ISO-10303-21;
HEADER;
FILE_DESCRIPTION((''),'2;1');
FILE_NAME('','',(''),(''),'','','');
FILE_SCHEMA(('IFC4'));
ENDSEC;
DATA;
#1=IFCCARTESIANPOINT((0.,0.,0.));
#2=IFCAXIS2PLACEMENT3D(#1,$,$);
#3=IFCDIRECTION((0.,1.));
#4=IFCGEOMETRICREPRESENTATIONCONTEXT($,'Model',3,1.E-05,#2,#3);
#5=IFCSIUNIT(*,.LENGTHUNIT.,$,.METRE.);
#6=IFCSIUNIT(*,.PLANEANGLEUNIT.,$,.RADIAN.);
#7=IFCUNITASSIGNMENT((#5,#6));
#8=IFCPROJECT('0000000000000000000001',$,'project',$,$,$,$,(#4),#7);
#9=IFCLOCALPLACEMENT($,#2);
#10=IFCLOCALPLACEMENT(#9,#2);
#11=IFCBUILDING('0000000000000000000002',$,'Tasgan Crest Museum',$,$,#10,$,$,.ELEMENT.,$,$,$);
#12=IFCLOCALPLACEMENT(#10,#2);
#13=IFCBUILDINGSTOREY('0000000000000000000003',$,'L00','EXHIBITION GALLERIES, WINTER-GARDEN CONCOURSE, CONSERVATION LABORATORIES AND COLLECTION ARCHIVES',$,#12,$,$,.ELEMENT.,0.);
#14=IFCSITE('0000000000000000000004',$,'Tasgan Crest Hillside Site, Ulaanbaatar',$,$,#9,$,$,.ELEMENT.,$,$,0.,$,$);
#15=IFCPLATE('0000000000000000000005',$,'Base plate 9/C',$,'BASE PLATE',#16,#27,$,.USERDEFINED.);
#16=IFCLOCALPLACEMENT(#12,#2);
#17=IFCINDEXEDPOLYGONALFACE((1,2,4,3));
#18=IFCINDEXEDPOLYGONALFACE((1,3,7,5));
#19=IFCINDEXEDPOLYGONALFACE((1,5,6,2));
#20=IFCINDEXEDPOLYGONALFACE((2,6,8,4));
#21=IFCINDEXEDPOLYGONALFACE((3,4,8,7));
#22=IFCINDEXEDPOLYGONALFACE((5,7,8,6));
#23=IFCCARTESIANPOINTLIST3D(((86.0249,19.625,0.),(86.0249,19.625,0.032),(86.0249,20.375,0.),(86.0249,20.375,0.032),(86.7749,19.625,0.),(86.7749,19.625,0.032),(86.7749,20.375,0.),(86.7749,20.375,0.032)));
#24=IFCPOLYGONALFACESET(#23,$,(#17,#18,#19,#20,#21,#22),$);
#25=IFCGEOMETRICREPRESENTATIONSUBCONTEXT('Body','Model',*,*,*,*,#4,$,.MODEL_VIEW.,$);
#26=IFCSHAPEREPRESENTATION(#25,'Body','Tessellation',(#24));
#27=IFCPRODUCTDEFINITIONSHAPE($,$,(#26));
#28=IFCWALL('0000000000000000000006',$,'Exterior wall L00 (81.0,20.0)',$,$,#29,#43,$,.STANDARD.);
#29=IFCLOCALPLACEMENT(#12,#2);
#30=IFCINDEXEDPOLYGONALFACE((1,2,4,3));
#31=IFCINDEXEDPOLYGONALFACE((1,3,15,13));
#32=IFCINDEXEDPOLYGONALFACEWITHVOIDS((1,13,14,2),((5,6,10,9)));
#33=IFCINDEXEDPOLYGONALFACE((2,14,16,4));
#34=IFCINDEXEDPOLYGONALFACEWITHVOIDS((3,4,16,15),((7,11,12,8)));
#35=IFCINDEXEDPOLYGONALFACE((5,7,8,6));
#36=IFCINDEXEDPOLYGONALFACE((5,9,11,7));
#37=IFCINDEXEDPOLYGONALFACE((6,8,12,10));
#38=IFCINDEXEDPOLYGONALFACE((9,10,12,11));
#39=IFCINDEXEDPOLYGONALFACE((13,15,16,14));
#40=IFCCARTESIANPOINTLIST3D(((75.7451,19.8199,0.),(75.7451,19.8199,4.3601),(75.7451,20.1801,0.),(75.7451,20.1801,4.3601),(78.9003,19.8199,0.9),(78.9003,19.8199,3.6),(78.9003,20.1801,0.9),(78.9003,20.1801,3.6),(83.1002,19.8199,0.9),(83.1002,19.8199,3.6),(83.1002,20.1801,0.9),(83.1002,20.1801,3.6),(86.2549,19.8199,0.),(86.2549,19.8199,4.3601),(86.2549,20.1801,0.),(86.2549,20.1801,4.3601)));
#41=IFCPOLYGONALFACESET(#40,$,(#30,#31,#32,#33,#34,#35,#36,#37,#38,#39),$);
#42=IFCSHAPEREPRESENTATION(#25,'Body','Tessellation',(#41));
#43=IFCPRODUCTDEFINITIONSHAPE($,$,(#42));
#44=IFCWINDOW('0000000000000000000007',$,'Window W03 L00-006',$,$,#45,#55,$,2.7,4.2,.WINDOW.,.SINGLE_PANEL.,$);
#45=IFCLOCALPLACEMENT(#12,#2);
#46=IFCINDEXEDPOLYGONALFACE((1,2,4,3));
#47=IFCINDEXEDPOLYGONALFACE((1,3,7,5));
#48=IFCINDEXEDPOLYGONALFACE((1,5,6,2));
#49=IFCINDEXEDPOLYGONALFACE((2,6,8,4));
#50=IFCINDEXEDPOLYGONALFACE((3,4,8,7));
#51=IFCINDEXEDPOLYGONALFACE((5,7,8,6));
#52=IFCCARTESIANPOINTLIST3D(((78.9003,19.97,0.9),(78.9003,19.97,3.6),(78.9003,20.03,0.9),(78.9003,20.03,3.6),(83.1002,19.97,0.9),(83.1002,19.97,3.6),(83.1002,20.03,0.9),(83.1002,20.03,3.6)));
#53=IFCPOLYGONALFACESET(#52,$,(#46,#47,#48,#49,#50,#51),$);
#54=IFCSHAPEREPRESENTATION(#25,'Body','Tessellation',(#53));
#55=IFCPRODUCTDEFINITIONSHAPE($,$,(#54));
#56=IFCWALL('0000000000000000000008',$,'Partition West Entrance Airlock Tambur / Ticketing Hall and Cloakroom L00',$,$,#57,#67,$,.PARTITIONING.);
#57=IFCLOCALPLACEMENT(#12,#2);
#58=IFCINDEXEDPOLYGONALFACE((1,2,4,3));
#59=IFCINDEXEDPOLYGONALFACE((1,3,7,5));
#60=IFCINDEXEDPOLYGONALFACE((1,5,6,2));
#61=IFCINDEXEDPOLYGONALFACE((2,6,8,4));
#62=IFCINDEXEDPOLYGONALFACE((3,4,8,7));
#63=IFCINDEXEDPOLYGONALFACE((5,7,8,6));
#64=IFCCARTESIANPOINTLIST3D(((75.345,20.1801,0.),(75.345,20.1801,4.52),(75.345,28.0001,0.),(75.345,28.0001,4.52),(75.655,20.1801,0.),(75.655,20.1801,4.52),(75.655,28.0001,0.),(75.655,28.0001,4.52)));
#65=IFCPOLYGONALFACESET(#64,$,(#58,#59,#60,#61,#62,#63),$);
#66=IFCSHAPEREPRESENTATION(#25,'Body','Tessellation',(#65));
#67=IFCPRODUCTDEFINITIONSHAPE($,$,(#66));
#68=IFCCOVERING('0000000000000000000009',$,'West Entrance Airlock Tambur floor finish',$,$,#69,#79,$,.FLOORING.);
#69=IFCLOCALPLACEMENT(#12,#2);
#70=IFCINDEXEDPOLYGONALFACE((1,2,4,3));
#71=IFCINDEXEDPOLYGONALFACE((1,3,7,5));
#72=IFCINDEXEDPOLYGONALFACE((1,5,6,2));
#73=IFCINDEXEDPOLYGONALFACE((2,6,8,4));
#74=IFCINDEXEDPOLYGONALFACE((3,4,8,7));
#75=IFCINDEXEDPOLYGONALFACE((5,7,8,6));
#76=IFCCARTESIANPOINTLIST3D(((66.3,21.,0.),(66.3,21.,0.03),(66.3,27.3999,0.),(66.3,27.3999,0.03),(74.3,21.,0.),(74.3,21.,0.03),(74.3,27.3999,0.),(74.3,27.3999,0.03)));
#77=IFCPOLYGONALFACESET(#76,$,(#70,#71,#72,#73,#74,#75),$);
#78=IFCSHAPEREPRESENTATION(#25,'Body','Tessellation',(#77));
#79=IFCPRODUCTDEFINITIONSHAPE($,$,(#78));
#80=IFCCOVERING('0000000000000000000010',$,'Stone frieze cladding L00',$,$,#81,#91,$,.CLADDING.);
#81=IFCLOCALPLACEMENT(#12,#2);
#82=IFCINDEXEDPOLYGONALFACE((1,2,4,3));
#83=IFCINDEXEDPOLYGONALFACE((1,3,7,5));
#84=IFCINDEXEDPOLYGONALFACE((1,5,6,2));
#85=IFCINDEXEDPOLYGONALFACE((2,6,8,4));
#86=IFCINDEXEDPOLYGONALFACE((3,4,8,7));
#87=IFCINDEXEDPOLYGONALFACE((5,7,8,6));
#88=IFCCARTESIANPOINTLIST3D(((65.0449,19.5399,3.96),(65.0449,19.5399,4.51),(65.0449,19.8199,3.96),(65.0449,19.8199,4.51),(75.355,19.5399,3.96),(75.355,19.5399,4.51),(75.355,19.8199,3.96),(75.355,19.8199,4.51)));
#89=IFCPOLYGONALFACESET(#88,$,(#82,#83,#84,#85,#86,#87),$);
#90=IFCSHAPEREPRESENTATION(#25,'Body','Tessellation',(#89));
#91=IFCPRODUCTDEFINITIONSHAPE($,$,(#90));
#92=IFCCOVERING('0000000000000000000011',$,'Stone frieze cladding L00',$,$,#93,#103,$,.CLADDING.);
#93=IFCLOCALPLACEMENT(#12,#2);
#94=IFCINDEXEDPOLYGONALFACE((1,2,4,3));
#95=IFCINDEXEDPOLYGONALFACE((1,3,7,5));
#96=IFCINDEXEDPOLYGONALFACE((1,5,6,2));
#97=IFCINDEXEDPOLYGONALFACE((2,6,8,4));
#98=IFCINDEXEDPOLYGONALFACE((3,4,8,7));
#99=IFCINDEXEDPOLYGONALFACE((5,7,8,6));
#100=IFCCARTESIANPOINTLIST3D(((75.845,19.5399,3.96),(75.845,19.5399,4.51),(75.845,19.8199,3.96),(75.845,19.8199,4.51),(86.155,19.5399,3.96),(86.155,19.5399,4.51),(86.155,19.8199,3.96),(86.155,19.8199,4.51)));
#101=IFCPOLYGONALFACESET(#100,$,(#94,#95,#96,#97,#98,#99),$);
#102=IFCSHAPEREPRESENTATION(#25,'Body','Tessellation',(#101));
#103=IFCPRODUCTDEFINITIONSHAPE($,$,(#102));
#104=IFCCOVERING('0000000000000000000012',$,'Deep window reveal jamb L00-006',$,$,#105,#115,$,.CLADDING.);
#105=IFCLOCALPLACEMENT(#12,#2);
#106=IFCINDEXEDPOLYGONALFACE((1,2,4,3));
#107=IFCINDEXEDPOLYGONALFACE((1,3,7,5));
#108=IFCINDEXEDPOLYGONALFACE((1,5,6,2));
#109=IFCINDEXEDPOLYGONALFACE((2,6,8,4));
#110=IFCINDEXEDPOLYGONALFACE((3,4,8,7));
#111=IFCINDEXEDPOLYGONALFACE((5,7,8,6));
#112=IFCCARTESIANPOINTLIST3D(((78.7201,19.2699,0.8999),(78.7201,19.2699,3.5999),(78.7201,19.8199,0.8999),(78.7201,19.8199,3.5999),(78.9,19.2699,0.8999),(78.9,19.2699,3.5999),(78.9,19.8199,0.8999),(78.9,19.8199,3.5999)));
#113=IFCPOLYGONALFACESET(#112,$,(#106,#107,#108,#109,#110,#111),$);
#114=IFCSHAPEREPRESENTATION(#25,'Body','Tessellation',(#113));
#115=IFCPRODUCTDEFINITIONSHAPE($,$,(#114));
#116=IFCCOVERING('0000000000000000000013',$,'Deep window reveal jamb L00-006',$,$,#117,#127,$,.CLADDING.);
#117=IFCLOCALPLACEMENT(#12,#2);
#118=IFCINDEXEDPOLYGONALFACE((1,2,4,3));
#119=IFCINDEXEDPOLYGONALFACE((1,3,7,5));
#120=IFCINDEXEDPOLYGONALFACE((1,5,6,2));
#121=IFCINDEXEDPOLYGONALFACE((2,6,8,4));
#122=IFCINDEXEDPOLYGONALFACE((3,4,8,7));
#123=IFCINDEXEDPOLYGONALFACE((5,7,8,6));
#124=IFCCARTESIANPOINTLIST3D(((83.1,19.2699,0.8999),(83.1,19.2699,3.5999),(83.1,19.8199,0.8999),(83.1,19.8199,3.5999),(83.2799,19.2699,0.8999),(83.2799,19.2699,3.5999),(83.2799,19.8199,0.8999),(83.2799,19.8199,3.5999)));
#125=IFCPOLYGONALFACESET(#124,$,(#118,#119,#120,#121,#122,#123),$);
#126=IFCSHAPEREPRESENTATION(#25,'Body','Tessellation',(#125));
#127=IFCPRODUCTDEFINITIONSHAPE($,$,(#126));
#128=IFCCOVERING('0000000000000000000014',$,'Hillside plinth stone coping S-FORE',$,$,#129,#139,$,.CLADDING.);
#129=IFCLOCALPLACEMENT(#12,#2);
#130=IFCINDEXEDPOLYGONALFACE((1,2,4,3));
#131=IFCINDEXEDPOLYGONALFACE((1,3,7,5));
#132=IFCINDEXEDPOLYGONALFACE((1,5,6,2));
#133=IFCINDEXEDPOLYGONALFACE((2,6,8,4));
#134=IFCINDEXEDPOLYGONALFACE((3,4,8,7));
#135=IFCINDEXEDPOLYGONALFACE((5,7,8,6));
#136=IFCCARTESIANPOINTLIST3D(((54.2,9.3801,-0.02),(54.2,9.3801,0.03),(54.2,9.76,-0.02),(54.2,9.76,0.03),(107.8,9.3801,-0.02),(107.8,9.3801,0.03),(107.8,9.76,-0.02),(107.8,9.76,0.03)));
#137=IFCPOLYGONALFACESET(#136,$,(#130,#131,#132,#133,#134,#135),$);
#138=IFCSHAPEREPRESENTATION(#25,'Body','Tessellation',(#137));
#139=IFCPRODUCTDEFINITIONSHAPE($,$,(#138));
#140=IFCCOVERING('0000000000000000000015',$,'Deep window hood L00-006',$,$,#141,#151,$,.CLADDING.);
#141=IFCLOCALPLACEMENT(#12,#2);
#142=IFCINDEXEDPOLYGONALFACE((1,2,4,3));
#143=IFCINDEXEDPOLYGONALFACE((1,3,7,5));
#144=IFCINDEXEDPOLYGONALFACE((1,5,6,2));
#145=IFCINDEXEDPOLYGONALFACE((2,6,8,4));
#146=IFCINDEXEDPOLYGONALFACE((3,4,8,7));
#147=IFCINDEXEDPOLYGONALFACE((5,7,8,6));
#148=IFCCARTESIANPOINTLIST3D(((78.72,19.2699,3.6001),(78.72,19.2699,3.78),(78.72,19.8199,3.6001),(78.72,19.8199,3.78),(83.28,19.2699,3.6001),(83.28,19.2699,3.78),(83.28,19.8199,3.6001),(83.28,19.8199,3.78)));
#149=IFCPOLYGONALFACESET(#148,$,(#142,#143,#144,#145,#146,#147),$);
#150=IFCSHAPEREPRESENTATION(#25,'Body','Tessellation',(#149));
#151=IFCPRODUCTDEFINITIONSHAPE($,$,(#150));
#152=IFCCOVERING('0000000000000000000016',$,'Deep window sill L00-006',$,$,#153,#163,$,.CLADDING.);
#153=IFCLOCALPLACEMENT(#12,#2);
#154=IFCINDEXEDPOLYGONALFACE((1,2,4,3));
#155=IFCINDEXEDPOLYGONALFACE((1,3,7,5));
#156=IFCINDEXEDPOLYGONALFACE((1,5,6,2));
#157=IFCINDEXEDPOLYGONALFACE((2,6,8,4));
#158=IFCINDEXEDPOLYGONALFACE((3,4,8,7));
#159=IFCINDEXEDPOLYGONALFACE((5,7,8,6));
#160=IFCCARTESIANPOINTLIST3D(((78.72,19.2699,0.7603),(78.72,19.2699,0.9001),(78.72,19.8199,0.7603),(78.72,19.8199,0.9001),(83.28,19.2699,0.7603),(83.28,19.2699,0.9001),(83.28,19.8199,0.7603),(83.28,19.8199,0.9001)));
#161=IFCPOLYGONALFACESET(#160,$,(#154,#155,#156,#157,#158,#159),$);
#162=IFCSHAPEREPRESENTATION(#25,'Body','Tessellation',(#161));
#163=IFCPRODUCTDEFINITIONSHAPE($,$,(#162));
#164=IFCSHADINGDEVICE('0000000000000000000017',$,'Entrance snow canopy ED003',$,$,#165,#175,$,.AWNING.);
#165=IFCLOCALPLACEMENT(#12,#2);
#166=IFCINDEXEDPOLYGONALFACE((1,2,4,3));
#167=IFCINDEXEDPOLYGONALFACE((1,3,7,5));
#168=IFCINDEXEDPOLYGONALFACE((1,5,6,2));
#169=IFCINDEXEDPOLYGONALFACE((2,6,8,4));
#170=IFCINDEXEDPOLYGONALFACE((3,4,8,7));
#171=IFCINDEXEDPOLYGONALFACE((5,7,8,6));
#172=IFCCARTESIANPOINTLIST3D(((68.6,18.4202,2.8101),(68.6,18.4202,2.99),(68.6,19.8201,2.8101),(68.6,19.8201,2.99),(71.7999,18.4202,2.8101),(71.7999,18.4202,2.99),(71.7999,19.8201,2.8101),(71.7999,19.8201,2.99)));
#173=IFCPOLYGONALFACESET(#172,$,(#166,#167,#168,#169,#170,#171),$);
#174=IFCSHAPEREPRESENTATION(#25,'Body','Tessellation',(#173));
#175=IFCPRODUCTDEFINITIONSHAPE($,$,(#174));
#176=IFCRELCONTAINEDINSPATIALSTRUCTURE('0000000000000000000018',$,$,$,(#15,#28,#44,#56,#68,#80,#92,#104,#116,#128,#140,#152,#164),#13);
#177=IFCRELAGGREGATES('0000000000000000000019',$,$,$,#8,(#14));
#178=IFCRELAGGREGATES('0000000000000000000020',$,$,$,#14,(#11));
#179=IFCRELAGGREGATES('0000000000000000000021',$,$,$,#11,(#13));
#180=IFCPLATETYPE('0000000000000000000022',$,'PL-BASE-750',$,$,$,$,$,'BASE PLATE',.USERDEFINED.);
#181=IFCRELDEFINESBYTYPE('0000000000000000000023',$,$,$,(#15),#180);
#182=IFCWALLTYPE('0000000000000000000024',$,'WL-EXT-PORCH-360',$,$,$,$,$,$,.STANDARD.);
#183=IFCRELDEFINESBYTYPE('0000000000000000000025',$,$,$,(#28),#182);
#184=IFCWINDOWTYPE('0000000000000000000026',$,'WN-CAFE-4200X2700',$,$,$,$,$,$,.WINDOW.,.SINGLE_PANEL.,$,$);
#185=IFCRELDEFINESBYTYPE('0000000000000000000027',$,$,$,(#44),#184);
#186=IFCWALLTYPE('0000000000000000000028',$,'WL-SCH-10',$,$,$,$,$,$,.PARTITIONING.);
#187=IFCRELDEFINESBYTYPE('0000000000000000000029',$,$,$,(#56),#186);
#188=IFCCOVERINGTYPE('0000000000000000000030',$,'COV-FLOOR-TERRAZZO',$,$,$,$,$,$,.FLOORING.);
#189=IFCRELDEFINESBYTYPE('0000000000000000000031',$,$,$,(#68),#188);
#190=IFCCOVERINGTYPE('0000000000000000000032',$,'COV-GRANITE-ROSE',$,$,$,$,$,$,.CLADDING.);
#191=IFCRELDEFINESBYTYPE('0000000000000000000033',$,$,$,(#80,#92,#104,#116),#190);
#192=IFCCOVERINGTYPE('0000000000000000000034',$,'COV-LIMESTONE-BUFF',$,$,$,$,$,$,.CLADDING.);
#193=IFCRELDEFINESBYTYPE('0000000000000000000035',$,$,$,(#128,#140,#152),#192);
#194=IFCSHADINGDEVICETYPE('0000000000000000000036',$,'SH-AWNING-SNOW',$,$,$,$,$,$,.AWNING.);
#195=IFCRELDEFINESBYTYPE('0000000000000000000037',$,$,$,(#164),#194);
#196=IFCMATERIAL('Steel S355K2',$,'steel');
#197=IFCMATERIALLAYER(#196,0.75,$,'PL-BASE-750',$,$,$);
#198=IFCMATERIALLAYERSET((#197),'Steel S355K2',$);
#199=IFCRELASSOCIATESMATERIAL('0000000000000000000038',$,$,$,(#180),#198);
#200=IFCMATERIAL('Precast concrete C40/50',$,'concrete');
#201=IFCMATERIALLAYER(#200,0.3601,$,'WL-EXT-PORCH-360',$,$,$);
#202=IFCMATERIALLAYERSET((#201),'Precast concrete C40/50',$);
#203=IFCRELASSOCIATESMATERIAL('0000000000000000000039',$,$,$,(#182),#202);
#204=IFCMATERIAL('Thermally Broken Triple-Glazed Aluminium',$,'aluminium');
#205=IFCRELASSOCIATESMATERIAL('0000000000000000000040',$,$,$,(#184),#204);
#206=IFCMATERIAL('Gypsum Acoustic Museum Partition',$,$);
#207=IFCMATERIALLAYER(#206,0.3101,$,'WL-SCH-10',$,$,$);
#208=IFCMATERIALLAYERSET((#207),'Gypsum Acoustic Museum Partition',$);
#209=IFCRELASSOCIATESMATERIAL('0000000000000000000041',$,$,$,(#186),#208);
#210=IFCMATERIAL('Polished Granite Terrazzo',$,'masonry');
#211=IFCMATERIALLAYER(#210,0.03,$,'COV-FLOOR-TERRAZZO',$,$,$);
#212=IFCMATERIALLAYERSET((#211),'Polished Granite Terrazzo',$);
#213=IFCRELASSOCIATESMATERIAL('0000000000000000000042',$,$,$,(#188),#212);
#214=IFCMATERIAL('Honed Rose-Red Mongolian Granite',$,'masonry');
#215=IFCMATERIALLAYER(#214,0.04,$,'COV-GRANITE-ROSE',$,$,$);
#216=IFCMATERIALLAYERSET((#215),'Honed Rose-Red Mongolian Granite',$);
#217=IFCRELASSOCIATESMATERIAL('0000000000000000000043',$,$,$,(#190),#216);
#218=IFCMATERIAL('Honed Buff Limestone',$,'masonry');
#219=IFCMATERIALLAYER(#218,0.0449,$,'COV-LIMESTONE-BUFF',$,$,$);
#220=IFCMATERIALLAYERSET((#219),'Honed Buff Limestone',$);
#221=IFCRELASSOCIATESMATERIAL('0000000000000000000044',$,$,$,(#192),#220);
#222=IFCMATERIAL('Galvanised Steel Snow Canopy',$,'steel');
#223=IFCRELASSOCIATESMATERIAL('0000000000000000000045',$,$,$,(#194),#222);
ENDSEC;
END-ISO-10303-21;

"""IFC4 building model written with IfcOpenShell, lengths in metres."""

from ifc_helpers import new_model, si_unit, direction, frame, frame_2d, origin, origin_2d, place, context, subcontext, project, spatial, rectangle, extrude, material, layer, layer_set, type_object, element, fill, save


model = new_model("IFC4")

# Units and contexts
model_context = context("Model", 3, precision=1e-05, world=origin(), true_north=direction((0.0, 1.0)))
body_context = subcontext(model_context, "Body", "Model", "MODEL_VIEW")
ifc_project = project(units=[si_unit("LENGTHUNIT", "METRE"), si_unit("PLANEANGLEUNIT", "RADIAN")], contexts=[model_context])

# Site, building, storey
site_placement = place(None, origin())
site = spatial("IfcSite", under=ifc_project, at=site_placement, Name="Tasgan Crest Hillside Site, Ulaanbaatar", CompositionType="ELEMENT", RefElevation=0.0)
building_placement = place(site_placement, origin())
building = spatial("IfcBuilding", under=site, at=building_placement, Name="Tasgan Crest Museum", CompositionType="ELEMENT")
storey_placement = place(building_placement, origin())
storey = spatial("IfcBuildingStorey", under=building, at=storey_placement, Name="L00", Description="EXHIBITION GALLERIES, WINTER-GARDEN CONCOURSE, CONSERVATION LABORATORIES AND COLLECTION ARCHIVES", CompositionType="ELEMENT", Elevation=0.0)

# Plate
ifc_material_1 = material(Name="Steel S355K2", Category="steel")
ifc_layer_1 = layer(ifc_material_1, 0.75, Name="PL-BASE-750")
ifc_layer_set_1 = layer_set([ifc_layer_1], Name="Steel S355K2")
plate_type = type_object("IfcPlateType", Name="PL-BASE-750", ElementType="BASE PLATE", PredefinedType="USERDEFINED", material=ifc_layer_set_1)
for number, where, z_axis, x_axis, name in (
    (1, (86.3999, 20.0, 0.0), (0.0, 0.0, 1.0), (1.0, 0.0, 0.0), "Base plate 9/C"),
):
    element("IfcPlate", number, at=place(storey_placement, frame(where, z_axis=z_axis, x_axis=x_axis)), inside=storey, type_object=plate_type, Name=name, ObjectType="BASE PLATE", PredefinedType="USERDEFINED", context=body_context, shape_type="SweptSolid", body=[
        extrude(rectangle(XDim=0.75, YDim=0.75, at=origin_2d()), origin(), (0.0, 0.0, 1.0), 0.032),
    ])

# Wall, opening, window
ifc_material_2 = material(Name="Precast concrete C40/50", Category="concrete")
ifc_layer_2 = layer(ifc_material_2, 0.3601, Name="WL-EXT-PORCH-360")
ifc_layer_set_2 = layer_set([ifc_layer_2], Name="Precast concrete C40/50")
wall_type_1 = type_object("IfcWallType", Name="WL-EXT-PORCH-360", PredefinedType="STANDARD", material=ifc_layer_set_2)
wall_1_placement = place(storey_placement, frame((75.7451, 20.0, 0.0), z_axis=(0.0, 0.0, 1.0), x_axis=(1.0, 0.0, 0.0)))
wall_1 = element("IfcWall", 2, at=wall_1_placement, inside=storey, type_object=wall_type_1, Name="Exterior wall L00 (81.0,20.0)", PredefinedType="STANDARD", context=body_context, shape_type="SweptSolid", body=[
    extrude(rectangle(XDim=10.5098, YDim=0.3601, at=frame_2d((5.2549, 0.0))), origin(), (0.0, 0.0, 1.0), 4.3601),
])
opening_placement = place(wall_1_placement, frame((3.155, 0.0, 0.8999)))
opening = element("IfcOpeningElement", 3, at=opening_placement, cuts=wall_1, PredefinedType="OPENING", context=body_context, shape_type="SweptSolid", body=[
    extrude(rectangle(XDim=4.2, YDim=2.7, at=frame_2d((2.1001, 1.3501))), frame((0.0, 0.1899, 0.0), z_axis=(0.0, -1.0, 0.0), x_axis=(1.0, 0.0, 0.0)), (0.0, 0.0, 1.0), 0.3801),
])
ifc_material_3 = material(Name="Thermally Broken Triple-Glazed Aluminium", Category="aluminium")
window_type = type_object("IfcWindowType", Name="WN-CAFE-4200X2700", PartitioningType="SINGLE_PANEL", PredefinedType="WINDOW", material=ifc_material_3)
window_placement = place(opening_placement, origin())
window = element("IfcWindow", 4, at=window_placement, inside=storey, type_object=window_type, Name="Window W03 L00-006", OverallHeight=2.7, OverallWidth=4.2, PartitioningType="SINGLE_PANEL", PredefinedType="WINDOW", context=body_context, shape_type="SweptSolid", body=[
    extrude(rectangle(XDim=4.2, YDim=2.7, at=frame_2d((2.1001, 1.3501))), frame((0.0, 0.03, 0.0), z_axis=(0.0, -1.0, 0.0), x_axis=(1.0, 0.0, 0.0)), (0.0, 0.0, 1.0), 0.0601),
])
fill(opening, window)

# Wall
ifc_material_4 = material(Name="Gypsum Acoustic Museum Partition")
ifc_layer_3 = layer(ifc_material_4, 0.3101, Name="WL-SCH-10")
ifc_layer_set_3 = layer_set([ifc_layer_3], Name="Gypsum Acoustic Museum Partition")
wall_type_2 = type_object("IfcWallType", Name="WL-SCH-10", PredefinedType="PARTITIONING", material=ifc_layer_set_3)
wall_2_placement = place(storey_placement, frame((75.5, 20.1799, 0.0), z_axis=(0.0, 0.0, 1.0), x_axis=(0.0, 1.0, 0.0)))
element("IfcWall", 5, at=wall_2_placement, inside=storey, type_object=wall_type_2, Name="Partition West Entrance Airlock Tambur / Ticketing Hall and Cloakroom L00", PredefinedType="PARTITIONING", context=body_context, shape_type="SweptSolid", body=[
    extrude(rectangle(XDim=7.8201, YDim=0.3101, at=frame_2d((3.9102, 0.0))), origin(), (0.0, 0.0, 1.0), 4.52),
])

# Coverings
ifc_material_5 = material(Name="Polished Granite Terrazzo", Category="masonry")
ifc_layer_4 = layer(ifc_material_5, 0.03, Name="COV-FLOOR-TERRAZZO")
ifc_layer_set_4 = layer_set([ifc_layer_4], Name="Polished Granite Terrazzo")
covering_type_1 = type_object("IfcCoveringType", Name="COV-FLOOR-TERRAZZO", PredefinedType="FLOORING", material=ifc_layer_set_4)
covering_1_placement = place(storey_placement, frame((70.3, 24.2, 0.0), z_axis=(0.0, 0.0, 1.0), x_axis=(1.0, 0.0, 0.0)))
element("IfcCovering", 6, at=covering_1_placement, inside=storey, type_object=covering_type_1, Name="West Entrance Airlock Tambur floor finish", PredefinedType="FLOORING", context=body_context, shape_type="SweptSolid", body=[
    extrude(rectangle(XDim=8.0, YDim=6.3999, at=origin_2d()), origin(), (0.0, 0.0, 1.0), 0.03),
])
ifc_material_6 = material(Name="Honed Rose-Red Mongolian Granite", Category="masonry")
ifc_layer_5 = layer(ifc_material_6, 0.04, Name="COV-GRANITE-ROSE")
ifc_layer_set_5 = layer_set([ifc_layer_5], Name="Honed Rose-Red Mongolian Granite")
covering_type_2 = type_object("IfcCoveringType", Name="COV-GRANITE-ROSE", PredefinedType="CLADDING", material=ifc_layer_set_5)
for number, where, z_axis, x_axis, name in (
    (7, (70.2, 19.6799, 3.96), (0.0, 0.0, 1.0), (1.0, 0.0, 0.0), "Stone frieze cladding L00"),
    (8, (81.0, 19.6799, 3.96), (0.0, 0.0, 1.0), (1.0, 0.0, 0.0), "Stone frieze cladding L00"),
):
    element("IfcCovering", number, at=place(storey_placement, frame(where, z_axis=z_axis, x_axis=x_axis)), inside=storey, type_object=covering_type_2, Name=name, PredefinedType="CLADDING", context=body_context, shape_type="SweptSolid", body=[
        extrude(rectangle(XDim=10.3101, YDim=0.28, at=origin_2d()), origin(), (0.0, 0.0, 1.0), 0.55),
    ])
for number, where, z_axis, x_axis, name in (
    (9, (78.8101, 19.5449, 0.8999), (0.0, 0.0, 1.0), (1.0, 0.0, 0.0), "Deep window reveal jamb L00-006"),
    (10, (83.1899, 19.5449, 0.8999), (0.0, 0.0, 1.0), (1.0, 0.0, 0.0), "Deep window reveal jamb L00-006"),
):
    element("IfcCovering", number, at=place(storey_placement, frame(where, z_axis=z_axis, x_axis=x_axis)), inside=storey, type_object=covering_type_2, Name=name, PredefinedType="CLADDING", context=body_context, shape_type="SweptSolid", body=[
        extrude(rectangle(XDim=0.1799, YDim=0.55, at=origin_2d()), origin(), (0.0, 0.0, 1.0), 2.7),
    ])
ifc_material_7 = material(Name="Honed Buff Limestone", Category="masonry")
ifc_layer_6 = layer(ifc_material_7, 0.0449, Name="COV-LIMESTONE-BUFF")
ifc_layer_set_6 = layer_set([ifc_layer_6], Name="Honed Buff Limestone")
covering_type_3 = type_object("IfcCoveringType", Name="COV-LIMESTONE-BUFF", PredefinedType="CLADDING", material=ifc_layer_set_6)
covering_2_placement = place(storey_placement, frame((81.0, 9.5701, -0.02), z_axis=(0.0, 0.0, 1.0), x_axis=(1.0, 0.0, 0.0)))
element("IfcCovering", 11, at=covering_2_placement, inside=storey, type_object=covering_type_3, Name="Hillside plinth stone coping S-FORE", PredefinedType="CLADDING", context=body_context, shape_type="SweptSolid", body=[
    extrude(rectangle(XDim=53.6001, YDim=0.3799, at=origin_2d()), origin(), (0.0, 0.0, 1.0), 0.05),
])
covering_3_placement = place(storey_placement, frame((81.0, 19.5449, 3.6001), z_axis=(0.0, 0.0, 1.0), x_axis=(1.0, 0.0, 0.0)))
element("IfcCovering", 12, at=covering_3_placement, inside=storey, type_object=covering_type_3, Name="Deep window hood L00-006", PredefinedType="CLADDING", context=body_context, shape_type="SweptSolid", body=[
    extrude(rectangle(XDim=4.5601, YDim=0.55, at=origin_2d()), origin(), (0.0, 0.0, 1.0), 0.1799),
])
covering_4_placement = place(storey_placement, frame((81.0, 19.5449, 0.7603), z_axis=(0.0, 0.0, 1.0), x_axis=(1.0, 0.0, 0.0)))
element("IfcCovering", 13, at=covering_4_placement, inside=storey, type_object=covering_type_3, Name="Deep window sill L00-006", PredefinedType="CLADDING", context=body_context, shape_type="SweptSolid", body=[
    extrude(rectangle(XDim=4.5601, YDim=0.55, at=origin_2d()), origin(), (0.0, 0.0, 1.0), 0.1399),
])

# Shading device
ifc_material_8 = material(Name="Galvanised Steel Snow Canopy", Category="steel")
shading_device_type_1 = type_object("IfcShadingDeviceType", Name="SH-AWNING-SNOW", PredefinedType="AWNING", material=ifc_material_8)
shading_device_1_placement = place(storey_placement, frame((70.2, 19.1201, 2.8101), z_axis=(0.0, 0.0, 1.0), x_axis=(1.0, 0.0, 0.0)))
element("IfcShadingDevice", 14, at=shading_device_1_placement, inside=storey, type_object=shading_device_type_1, Name="Entrance snow canopy ED003", PredefinedType="AWNING", context=body_context, shape_type="SweptSolid", body=[
    extrude(rectangle(XDim=3.2, YDim=1.3999, at=origin_2d()), origin(), (0.0, 0.0, 1.0), 0.1799),
])

save(model, "model.ifc")
